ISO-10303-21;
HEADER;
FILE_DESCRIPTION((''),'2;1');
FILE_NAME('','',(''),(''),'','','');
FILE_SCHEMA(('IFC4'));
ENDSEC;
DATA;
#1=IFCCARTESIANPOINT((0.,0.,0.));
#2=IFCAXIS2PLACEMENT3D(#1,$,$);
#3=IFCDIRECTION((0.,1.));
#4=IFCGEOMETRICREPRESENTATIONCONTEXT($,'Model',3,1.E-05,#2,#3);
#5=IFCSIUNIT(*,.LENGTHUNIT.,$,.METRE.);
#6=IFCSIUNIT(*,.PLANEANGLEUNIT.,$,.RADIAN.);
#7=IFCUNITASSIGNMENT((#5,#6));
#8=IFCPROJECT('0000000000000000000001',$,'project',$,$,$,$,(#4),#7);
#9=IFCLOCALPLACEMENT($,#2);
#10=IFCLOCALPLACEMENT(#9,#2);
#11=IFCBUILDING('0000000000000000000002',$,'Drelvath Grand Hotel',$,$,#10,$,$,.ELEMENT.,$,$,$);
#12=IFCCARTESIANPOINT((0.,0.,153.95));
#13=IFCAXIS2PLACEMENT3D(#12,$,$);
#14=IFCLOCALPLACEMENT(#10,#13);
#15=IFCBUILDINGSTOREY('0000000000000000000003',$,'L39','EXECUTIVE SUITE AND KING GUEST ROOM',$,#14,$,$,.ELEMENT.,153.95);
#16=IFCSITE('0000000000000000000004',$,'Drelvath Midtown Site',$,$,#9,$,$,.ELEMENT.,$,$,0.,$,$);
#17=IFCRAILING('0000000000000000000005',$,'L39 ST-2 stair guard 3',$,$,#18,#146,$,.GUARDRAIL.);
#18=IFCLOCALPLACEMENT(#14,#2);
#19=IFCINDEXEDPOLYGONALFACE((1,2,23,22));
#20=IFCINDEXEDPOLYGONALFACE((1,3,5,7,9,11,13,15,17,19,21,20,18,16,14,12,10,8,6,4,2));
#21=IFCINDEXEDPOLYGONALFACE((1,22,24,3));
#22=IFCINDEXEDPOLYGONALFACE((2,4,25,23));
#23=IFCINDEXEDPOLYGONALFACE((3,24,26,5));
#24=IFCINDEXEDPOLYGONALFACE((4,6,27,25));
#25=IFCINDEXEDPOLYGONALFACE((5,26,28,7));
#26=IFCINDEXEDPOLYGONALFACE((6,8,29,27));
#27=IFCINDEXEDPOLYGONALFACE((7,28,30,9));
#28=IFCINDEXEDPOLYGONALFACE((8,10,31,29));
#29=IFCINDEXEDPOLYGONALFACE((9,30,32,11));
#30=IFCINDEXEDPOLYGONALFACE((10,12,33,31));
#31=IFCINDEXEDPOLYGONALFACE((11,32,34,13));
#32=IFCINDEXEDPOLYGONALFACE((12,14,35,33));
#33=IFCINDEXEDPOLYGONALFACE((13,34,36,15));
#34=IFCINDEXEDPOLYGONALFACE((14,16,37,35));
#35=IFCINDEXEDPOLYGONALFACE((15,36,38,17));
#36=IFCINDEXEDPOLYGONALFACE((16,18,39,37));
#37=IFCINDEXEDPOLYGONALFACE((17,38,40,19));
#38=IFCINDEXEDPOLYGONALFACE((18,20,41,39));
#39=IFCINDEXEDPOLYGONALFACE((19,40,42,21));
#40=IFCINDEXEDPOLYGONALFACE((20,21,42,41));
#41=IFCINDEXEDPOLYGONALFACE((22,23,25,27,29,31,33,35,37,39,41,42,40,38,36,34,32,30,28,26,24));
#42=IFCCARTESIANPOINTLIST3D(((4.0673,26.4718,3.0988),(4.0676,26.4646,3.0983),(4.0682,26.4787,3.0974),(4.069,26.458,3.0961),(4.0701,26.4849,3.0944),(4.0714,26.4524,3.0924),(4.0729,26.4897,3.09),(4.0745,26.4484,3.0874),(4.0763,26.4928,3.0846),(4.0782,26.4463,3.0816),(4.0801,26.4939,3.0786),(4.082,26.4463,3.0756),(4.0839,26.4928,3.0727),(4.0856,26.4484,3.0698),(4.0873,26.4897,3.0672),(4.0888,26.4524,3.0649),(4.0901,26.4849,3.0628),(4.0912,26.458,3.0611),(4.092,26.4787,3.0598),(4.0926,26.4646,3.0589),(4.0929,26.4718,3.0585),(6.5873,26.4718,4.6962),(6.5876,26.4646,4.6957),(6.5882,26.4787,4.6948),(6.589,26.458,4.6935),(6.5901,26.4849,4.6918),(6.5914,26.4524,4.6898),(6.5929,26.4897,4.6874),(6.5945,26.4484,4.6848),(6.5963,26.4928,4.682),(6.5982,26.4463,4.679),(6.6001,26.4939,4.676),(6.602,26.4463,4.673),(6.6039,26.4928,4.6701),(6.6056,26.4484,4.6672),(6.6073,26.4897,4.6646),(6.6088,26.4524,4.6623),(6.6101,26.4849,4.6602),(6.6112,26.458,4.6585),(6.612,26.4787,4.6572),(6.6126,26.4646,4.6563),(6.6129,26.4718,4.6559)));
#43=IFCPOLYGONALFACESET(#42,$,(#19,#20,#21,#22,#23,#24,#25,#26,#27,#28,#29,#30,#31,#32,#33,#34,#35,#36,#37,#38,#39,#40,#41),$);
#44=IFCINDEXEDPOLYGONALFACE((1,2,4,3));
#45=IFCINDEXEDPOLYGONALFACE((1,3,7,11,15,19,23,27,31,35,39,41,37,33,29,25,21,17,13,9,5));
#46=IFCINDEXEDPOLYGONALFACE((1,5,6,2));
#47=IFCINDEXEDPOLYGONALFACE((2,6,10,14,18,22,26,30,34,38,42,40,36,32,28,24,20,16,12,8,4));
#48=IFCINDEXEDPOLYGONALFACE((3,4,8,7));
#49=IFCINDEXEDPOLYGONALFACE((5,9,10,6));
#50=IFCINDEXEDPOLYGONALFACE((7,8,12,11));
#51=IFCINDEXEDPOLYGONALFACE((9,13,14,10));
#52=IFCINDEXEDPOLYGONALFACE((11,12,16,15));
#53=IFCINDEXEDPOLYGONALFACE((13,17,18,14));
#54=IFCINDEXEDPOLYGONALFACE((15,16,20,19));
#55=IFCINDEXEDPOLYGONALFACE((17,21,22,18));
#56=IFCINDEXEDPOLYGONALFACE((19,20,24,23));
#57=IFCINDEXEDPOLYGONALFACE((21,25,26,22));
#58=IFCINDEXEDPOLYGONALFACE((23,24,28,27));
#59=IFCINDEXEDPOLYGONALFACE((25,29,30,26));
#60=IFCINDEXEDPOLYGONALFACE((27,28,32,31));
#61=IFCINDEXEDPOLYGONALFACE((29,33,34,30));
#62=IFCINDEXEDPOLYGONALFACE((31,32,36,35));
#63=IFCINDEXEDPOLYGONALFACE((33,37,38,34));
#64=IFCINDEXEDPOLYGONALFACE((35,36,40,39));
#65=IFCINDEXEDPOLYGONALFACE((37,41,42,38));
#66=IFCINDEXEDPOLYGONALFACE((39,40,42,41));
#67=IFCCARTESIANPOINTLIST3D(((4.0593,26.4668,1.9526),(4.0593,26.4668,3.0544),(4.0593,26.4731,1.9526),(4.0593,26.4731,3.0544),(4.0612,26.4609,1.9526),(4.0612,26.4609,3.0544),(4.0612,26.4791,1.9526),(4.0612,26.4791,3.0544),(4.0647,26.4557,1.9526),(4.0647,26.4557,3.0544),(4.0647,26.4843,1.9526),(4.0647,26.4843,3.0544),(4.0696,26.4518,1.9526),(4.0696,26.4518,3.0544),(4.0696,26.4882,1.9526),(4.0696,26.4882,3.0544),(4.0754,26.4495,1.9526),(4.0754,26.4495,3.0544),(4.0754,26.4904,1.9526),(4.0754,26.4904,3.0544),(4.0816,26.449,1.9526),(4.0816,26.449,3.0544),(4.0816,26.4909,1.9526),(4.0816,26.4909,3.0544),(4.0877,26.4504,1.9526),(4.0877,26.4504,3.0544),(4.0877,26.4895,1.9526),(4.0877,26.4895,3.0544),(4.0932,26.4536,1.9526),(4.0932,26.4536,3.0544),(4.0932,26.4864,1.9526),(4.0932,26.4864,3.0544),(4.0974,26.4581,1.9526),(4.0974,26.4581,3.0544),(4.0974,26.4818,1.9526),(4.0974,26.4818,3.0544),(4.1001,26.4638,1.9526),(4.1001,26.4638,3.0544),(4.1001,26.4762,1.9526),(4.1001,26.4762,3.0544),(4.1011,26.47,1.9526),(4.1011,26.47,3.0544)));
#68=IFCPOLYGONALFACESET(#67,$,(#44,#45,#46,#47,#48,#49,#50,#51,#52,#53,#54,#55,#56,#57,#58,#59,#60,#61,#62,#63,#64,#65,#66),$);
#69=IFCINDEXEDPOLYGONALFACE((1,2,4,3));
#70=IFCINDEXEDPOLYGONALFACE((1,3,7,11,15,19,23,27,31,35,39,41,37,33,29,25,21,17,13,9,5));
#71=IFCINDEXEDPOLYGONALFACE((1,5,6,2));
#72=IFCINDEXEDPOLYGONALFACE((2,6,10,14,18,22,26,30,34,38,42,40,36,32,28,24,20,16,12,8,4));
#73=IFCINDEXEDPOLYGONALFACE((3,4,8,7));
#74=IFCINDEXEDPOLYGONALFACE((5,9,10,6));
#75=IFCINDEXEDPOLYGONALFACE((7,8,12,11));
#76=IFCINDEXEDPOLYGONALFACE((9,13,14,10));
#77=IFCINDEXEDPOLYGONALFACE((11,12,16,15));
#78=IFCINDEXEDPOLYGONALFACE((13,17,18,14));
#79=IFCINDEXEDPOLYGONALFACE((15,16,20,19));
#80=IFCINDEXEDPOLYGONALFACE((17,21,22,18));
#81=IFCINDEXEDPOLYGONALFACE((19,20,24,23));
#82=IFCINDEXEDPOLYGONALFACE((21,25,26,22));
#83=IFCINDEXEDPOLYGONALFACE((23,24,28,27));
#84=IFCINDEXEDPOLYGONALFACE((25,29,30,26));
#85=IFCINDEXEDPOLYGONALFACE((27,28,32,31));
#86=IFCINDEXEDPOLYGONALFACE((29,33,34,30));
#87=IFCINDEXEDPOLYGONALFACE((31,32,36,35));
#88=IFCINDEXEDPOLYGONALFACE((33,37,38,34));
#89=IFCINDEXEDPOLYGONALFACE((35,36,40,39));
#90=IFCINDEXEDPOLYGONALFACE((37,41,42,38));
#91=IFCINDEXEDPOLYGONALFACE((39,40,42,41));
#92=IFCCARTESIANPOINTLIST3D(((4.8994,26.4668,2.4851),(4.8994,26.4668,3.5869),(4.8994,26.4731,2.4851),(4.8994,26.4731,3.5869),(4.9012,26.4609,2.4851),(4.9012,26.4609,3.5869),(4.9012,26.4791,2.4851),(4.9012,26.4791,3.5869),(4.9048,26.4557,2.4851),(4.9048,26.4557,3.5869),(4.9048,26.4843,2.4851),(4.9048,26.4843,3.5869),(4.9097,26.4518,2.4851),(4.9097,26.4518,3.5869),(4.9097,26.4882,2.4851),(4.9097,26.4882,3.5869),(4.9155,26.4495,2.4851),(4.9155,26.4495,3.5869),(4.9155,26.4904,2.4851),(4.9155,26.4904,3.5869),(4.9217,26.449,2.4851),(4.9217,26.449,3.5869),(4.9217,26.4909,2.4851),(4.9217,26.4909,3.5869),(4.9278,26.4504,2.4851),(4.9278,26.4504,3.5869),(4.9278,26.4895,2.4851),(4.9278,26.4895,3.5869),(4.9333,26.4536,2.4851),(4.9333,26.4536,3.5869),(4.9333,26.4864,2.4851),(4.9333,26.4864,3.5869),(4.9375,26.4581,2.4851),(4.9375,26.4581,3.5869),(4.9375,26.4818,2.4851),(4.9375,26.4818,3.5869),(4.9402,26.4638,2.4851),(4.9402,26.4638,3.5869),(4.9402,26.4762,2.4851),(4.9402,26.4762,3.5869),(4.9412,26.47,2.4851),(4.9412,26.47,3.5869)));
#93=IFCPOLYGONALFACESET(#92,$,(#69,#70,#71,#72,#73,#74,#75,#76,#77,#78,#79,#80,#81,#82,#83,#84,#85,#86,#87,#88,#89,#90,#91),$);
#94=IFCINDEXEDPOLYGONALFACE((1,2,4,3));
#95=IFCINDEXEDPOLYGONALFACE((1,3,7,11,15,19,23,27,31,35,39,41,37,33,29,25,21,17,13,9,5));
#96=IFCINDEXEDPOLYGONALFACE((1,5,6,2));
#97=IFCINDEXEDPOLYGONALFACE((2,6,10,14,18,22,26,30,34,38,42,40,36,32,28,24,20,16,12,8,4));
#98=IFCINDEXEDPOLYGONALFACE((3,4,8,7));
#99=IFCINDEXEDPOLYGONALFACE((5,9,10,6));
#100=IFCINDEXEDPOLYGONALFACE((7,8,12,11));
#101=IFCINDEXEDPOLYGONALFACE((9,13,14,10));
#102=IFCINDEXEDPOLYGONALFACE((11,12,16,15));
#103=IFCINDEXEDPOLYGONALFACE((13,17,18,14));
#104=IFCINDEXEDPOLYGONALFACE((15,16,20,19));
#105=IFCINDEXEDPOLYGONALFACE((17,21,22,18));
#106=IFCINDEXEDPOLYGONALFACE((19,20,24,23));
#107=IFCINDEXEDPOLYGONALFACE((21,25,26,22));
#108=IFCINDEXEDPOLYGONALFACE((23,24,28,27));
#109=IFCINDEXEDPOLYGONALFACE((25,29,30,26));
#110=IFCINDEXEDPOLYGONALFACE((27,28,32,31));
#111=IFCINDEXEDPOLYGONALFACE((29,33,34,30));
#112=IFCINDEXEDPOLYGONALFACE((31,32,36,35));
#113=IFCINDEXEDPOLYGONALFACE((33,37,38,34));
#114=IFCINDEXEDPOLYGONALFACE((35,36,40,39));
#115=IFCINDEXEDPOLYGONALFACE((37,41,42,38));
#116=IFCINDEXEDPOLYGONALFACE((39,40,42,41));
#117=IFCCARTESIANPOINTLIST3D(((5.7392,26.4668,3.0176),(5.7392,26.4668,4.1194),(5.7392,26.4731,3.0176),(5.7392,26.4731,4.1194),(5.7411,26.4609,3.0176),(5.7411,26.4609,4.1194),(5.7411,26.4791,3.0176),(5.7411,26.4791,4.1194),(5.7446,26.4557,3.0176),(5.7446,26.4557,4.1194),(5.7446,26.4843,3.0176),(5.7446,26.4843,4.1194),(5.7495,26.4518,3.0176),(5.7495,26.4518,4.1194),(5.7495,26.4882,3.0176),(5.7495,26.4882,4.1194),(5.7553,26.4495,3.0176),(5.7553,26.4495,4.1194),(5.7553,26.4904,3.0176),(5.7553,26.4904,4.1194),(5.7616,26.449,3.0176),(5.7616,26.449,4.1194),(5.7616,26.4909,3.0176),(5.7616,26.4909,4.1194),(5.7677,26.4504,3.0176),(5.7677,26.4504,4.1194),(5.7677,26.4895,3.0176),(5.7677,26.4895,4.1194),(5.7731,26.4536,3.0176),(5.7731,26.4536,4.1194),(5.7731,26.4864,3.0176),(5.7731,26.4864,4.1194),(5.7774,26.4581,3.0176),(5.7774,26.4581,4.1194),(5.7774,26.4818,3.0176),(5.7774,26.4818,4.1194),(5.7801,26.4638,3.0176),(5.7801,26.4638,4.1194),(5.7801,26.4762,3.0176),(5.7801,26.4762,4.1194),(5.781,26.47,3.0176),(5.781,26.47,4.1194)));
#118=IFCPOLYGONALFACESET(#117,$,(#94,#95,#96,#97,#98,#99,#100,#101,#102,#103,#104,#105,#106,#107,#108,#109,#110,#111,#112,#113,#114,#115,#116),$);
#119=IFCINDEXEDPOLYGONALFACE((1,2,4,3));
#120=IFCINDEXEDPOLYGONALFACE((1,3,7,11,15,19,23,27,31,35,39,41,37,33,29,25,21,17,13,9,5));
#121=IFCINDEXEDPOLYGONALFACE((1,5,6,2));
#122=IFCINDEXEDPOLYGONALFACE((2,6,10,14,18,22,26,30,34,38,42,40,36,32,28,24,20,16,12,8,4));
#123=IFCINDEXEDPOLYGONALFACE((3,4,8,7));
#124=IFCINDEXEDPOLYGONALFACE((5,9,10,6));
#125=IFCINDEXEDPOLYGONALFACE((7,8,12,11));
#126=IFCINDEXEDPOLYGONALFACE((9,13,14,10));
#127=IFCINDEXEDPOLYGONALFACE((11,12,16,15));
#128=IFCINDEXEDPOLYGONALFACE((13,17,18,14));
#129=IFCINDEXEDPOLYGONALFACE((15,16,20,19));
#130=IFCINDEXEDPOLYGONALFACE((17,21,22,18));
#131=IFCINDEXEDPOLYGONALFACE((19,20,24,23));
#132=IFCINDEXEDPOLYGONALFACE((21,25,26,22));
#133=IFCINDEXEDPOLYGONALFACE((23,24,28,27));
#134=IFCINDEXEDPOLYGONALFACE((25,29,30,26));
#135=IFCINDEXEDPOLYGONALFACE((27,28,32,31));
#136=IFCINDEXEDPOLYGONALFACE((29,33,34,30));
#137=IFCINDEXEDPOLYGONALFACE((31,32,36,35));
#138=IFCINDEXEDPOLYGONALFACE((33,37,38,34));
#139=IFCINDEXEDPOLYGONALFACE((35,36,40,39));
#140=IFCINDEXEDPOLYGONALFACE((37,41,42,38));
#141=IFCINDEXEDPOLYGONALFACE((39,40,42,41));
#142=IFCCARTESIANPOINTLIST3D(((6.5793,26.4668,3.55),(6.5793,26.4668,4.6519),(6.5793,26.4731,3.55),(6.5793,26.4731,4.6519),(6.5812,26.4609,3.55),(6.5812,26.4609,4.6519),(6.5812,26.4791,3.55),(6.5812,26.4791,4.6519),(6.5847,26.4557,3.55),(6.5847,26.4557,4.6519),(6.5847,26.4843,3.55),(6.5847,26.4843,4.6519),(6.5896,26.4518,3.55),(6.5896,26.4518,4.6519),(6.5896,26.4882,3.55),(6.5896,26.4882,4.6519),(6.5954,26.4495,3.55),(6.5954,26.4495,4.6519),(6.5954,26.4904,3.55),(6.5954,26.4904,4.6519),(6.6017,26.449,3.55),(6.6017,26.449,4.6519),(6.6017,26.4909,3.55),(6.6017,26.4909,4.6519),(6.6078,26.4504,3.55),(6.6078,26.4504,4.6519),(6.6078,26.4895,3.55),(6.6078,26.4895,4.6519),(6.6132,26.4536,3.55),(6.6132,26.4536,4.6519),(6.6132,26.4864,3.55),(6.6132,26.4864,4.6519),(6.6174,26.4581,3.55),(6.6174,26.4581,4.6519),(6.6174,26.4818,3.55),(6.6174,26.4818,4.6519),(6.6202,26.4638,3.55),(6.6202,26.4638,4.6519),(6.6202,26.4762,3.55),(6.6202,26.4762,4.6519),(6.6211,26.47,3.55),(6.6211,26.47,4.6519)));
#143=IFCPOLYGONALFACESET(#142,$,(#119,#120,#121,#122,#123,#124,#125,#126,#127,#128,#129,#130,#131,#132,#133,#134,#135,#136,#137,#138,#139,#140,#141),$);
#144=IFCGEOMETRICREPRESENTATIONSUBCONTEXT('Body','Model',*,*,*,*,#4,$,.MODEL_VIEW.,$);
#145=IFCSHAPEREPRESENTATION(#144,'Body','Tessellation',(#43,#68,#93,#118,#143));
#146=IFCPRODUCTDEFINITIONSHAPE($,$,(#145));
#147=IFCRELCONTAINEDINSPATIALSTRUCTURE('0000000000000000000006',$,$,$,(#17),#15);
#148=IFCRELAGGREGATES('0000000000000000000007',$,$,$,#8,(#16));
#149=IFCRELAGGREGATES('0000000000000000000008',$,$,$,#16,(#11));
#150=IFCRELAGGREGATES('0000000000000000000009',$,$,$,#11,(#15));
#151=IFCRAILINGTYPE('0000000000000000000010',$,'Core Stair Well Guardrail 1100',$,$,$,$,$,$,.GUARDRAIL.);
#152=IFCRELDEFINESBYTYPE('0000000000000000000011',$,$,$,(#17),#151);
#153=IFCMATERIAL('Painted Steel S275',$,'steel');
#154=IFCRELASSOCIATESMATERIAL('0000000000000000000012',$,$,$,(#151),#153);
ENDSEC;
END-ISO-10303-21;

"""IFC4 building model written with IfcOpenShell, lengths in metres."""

from ifc_helpers import new_model, si_unit, direction, frame, origin, origin_2d, place, context, subcontext, project, spatial, circle, extrude, material, type_object, element, save


model = new_model("IFC4")

# Units and contexts
model_context = context("Model", 3, precision=1e-05, world=origin(), true_north=direction((0.0, 1.0)))
body_context = subcontext(model_context, "Body", "Model", "MODEL_VIEW")
ifc_project = project(units=[si_unit("LENGTHUNIT", "METRE"), si_unit("PLANEANGLEUNIT", "RADIAN")], contexts=[model_context])

# Site, building, storey
site_placement = place(None, origin())
site = spatial("IfcSite", under=ifc_project, at=site_placement, Name="Drelvath Midtown Site", CompositionType="ELEMENT", RefElevation=0.0)
building_placement = place(site_placement, origin())
building = spatial("IfcBuilding", under=site, at=building_placement, Name="Drelvath Grand Hotel", CompositionType="ELEMENT")
storey_placement = place(building_placement, frame((0.0, 0.0, 153.95)))
storey = spatial("IfcBuildingStorey", under=building, at=storey_placement, Name="L39", Description="EXECUTIVE SUITE AND KING GUEST ROOM", CompositionType="ELEMENT", Elevation=153.95)

# Railing
ifc_material_1 = material(Name="Painted Steel S275", Category="steel")
railing_type_1 = type_object("IfcRailingType", Name="Core Stair Well Guardrail 1100", PredefinedType="GUARDRAIL", material=ifc_material_1)
railing_1_placement = place(storey_placement, frame((4.0801, 26.47, 1.9526)))
element("IfcRailing", 1, at=railing_1_placement, inside=storey, type_object=railing_type_1, Name="L39 ST-2 stair guard 3", PredefinedType="GUARDRAIL", context=body_context, shape_type="SweptSolid", body=[
    extrude(circle(Radius=0.0239, at=origin_2d()), frame((0.0, 0.0, 1.126), z_axis=(0.844607, 0.0, 0.535387), x_axis=(0.0, 1.0, 0.0)), (0.0, 0.0, 1.0), 2.9836),
    extrude(circle(Radius=0.021, at=origin_2d()), origin(), (0.0, 0.0, 1.0), 1.1018),
    extrude(circle(Radius=0.021, at=origin_2d()), frame((0.8401, 0.0, 0.5325)), (0.0, 0.0, 1.0), 1.1018),
    extrude(circle(Radius=0.021, at=origin_2d()), frame((1.6799, 0.0, 1.0649)), (0.0, 0.0, 1.0), 1.1018),
    extrude(circle(Radius=0.021, at=origin_2d()), frame((2.52, 0.0, 1.5974)), (0.0, 0.0, 1.0), 1.1018),
])

save(model, "model.ifc")
